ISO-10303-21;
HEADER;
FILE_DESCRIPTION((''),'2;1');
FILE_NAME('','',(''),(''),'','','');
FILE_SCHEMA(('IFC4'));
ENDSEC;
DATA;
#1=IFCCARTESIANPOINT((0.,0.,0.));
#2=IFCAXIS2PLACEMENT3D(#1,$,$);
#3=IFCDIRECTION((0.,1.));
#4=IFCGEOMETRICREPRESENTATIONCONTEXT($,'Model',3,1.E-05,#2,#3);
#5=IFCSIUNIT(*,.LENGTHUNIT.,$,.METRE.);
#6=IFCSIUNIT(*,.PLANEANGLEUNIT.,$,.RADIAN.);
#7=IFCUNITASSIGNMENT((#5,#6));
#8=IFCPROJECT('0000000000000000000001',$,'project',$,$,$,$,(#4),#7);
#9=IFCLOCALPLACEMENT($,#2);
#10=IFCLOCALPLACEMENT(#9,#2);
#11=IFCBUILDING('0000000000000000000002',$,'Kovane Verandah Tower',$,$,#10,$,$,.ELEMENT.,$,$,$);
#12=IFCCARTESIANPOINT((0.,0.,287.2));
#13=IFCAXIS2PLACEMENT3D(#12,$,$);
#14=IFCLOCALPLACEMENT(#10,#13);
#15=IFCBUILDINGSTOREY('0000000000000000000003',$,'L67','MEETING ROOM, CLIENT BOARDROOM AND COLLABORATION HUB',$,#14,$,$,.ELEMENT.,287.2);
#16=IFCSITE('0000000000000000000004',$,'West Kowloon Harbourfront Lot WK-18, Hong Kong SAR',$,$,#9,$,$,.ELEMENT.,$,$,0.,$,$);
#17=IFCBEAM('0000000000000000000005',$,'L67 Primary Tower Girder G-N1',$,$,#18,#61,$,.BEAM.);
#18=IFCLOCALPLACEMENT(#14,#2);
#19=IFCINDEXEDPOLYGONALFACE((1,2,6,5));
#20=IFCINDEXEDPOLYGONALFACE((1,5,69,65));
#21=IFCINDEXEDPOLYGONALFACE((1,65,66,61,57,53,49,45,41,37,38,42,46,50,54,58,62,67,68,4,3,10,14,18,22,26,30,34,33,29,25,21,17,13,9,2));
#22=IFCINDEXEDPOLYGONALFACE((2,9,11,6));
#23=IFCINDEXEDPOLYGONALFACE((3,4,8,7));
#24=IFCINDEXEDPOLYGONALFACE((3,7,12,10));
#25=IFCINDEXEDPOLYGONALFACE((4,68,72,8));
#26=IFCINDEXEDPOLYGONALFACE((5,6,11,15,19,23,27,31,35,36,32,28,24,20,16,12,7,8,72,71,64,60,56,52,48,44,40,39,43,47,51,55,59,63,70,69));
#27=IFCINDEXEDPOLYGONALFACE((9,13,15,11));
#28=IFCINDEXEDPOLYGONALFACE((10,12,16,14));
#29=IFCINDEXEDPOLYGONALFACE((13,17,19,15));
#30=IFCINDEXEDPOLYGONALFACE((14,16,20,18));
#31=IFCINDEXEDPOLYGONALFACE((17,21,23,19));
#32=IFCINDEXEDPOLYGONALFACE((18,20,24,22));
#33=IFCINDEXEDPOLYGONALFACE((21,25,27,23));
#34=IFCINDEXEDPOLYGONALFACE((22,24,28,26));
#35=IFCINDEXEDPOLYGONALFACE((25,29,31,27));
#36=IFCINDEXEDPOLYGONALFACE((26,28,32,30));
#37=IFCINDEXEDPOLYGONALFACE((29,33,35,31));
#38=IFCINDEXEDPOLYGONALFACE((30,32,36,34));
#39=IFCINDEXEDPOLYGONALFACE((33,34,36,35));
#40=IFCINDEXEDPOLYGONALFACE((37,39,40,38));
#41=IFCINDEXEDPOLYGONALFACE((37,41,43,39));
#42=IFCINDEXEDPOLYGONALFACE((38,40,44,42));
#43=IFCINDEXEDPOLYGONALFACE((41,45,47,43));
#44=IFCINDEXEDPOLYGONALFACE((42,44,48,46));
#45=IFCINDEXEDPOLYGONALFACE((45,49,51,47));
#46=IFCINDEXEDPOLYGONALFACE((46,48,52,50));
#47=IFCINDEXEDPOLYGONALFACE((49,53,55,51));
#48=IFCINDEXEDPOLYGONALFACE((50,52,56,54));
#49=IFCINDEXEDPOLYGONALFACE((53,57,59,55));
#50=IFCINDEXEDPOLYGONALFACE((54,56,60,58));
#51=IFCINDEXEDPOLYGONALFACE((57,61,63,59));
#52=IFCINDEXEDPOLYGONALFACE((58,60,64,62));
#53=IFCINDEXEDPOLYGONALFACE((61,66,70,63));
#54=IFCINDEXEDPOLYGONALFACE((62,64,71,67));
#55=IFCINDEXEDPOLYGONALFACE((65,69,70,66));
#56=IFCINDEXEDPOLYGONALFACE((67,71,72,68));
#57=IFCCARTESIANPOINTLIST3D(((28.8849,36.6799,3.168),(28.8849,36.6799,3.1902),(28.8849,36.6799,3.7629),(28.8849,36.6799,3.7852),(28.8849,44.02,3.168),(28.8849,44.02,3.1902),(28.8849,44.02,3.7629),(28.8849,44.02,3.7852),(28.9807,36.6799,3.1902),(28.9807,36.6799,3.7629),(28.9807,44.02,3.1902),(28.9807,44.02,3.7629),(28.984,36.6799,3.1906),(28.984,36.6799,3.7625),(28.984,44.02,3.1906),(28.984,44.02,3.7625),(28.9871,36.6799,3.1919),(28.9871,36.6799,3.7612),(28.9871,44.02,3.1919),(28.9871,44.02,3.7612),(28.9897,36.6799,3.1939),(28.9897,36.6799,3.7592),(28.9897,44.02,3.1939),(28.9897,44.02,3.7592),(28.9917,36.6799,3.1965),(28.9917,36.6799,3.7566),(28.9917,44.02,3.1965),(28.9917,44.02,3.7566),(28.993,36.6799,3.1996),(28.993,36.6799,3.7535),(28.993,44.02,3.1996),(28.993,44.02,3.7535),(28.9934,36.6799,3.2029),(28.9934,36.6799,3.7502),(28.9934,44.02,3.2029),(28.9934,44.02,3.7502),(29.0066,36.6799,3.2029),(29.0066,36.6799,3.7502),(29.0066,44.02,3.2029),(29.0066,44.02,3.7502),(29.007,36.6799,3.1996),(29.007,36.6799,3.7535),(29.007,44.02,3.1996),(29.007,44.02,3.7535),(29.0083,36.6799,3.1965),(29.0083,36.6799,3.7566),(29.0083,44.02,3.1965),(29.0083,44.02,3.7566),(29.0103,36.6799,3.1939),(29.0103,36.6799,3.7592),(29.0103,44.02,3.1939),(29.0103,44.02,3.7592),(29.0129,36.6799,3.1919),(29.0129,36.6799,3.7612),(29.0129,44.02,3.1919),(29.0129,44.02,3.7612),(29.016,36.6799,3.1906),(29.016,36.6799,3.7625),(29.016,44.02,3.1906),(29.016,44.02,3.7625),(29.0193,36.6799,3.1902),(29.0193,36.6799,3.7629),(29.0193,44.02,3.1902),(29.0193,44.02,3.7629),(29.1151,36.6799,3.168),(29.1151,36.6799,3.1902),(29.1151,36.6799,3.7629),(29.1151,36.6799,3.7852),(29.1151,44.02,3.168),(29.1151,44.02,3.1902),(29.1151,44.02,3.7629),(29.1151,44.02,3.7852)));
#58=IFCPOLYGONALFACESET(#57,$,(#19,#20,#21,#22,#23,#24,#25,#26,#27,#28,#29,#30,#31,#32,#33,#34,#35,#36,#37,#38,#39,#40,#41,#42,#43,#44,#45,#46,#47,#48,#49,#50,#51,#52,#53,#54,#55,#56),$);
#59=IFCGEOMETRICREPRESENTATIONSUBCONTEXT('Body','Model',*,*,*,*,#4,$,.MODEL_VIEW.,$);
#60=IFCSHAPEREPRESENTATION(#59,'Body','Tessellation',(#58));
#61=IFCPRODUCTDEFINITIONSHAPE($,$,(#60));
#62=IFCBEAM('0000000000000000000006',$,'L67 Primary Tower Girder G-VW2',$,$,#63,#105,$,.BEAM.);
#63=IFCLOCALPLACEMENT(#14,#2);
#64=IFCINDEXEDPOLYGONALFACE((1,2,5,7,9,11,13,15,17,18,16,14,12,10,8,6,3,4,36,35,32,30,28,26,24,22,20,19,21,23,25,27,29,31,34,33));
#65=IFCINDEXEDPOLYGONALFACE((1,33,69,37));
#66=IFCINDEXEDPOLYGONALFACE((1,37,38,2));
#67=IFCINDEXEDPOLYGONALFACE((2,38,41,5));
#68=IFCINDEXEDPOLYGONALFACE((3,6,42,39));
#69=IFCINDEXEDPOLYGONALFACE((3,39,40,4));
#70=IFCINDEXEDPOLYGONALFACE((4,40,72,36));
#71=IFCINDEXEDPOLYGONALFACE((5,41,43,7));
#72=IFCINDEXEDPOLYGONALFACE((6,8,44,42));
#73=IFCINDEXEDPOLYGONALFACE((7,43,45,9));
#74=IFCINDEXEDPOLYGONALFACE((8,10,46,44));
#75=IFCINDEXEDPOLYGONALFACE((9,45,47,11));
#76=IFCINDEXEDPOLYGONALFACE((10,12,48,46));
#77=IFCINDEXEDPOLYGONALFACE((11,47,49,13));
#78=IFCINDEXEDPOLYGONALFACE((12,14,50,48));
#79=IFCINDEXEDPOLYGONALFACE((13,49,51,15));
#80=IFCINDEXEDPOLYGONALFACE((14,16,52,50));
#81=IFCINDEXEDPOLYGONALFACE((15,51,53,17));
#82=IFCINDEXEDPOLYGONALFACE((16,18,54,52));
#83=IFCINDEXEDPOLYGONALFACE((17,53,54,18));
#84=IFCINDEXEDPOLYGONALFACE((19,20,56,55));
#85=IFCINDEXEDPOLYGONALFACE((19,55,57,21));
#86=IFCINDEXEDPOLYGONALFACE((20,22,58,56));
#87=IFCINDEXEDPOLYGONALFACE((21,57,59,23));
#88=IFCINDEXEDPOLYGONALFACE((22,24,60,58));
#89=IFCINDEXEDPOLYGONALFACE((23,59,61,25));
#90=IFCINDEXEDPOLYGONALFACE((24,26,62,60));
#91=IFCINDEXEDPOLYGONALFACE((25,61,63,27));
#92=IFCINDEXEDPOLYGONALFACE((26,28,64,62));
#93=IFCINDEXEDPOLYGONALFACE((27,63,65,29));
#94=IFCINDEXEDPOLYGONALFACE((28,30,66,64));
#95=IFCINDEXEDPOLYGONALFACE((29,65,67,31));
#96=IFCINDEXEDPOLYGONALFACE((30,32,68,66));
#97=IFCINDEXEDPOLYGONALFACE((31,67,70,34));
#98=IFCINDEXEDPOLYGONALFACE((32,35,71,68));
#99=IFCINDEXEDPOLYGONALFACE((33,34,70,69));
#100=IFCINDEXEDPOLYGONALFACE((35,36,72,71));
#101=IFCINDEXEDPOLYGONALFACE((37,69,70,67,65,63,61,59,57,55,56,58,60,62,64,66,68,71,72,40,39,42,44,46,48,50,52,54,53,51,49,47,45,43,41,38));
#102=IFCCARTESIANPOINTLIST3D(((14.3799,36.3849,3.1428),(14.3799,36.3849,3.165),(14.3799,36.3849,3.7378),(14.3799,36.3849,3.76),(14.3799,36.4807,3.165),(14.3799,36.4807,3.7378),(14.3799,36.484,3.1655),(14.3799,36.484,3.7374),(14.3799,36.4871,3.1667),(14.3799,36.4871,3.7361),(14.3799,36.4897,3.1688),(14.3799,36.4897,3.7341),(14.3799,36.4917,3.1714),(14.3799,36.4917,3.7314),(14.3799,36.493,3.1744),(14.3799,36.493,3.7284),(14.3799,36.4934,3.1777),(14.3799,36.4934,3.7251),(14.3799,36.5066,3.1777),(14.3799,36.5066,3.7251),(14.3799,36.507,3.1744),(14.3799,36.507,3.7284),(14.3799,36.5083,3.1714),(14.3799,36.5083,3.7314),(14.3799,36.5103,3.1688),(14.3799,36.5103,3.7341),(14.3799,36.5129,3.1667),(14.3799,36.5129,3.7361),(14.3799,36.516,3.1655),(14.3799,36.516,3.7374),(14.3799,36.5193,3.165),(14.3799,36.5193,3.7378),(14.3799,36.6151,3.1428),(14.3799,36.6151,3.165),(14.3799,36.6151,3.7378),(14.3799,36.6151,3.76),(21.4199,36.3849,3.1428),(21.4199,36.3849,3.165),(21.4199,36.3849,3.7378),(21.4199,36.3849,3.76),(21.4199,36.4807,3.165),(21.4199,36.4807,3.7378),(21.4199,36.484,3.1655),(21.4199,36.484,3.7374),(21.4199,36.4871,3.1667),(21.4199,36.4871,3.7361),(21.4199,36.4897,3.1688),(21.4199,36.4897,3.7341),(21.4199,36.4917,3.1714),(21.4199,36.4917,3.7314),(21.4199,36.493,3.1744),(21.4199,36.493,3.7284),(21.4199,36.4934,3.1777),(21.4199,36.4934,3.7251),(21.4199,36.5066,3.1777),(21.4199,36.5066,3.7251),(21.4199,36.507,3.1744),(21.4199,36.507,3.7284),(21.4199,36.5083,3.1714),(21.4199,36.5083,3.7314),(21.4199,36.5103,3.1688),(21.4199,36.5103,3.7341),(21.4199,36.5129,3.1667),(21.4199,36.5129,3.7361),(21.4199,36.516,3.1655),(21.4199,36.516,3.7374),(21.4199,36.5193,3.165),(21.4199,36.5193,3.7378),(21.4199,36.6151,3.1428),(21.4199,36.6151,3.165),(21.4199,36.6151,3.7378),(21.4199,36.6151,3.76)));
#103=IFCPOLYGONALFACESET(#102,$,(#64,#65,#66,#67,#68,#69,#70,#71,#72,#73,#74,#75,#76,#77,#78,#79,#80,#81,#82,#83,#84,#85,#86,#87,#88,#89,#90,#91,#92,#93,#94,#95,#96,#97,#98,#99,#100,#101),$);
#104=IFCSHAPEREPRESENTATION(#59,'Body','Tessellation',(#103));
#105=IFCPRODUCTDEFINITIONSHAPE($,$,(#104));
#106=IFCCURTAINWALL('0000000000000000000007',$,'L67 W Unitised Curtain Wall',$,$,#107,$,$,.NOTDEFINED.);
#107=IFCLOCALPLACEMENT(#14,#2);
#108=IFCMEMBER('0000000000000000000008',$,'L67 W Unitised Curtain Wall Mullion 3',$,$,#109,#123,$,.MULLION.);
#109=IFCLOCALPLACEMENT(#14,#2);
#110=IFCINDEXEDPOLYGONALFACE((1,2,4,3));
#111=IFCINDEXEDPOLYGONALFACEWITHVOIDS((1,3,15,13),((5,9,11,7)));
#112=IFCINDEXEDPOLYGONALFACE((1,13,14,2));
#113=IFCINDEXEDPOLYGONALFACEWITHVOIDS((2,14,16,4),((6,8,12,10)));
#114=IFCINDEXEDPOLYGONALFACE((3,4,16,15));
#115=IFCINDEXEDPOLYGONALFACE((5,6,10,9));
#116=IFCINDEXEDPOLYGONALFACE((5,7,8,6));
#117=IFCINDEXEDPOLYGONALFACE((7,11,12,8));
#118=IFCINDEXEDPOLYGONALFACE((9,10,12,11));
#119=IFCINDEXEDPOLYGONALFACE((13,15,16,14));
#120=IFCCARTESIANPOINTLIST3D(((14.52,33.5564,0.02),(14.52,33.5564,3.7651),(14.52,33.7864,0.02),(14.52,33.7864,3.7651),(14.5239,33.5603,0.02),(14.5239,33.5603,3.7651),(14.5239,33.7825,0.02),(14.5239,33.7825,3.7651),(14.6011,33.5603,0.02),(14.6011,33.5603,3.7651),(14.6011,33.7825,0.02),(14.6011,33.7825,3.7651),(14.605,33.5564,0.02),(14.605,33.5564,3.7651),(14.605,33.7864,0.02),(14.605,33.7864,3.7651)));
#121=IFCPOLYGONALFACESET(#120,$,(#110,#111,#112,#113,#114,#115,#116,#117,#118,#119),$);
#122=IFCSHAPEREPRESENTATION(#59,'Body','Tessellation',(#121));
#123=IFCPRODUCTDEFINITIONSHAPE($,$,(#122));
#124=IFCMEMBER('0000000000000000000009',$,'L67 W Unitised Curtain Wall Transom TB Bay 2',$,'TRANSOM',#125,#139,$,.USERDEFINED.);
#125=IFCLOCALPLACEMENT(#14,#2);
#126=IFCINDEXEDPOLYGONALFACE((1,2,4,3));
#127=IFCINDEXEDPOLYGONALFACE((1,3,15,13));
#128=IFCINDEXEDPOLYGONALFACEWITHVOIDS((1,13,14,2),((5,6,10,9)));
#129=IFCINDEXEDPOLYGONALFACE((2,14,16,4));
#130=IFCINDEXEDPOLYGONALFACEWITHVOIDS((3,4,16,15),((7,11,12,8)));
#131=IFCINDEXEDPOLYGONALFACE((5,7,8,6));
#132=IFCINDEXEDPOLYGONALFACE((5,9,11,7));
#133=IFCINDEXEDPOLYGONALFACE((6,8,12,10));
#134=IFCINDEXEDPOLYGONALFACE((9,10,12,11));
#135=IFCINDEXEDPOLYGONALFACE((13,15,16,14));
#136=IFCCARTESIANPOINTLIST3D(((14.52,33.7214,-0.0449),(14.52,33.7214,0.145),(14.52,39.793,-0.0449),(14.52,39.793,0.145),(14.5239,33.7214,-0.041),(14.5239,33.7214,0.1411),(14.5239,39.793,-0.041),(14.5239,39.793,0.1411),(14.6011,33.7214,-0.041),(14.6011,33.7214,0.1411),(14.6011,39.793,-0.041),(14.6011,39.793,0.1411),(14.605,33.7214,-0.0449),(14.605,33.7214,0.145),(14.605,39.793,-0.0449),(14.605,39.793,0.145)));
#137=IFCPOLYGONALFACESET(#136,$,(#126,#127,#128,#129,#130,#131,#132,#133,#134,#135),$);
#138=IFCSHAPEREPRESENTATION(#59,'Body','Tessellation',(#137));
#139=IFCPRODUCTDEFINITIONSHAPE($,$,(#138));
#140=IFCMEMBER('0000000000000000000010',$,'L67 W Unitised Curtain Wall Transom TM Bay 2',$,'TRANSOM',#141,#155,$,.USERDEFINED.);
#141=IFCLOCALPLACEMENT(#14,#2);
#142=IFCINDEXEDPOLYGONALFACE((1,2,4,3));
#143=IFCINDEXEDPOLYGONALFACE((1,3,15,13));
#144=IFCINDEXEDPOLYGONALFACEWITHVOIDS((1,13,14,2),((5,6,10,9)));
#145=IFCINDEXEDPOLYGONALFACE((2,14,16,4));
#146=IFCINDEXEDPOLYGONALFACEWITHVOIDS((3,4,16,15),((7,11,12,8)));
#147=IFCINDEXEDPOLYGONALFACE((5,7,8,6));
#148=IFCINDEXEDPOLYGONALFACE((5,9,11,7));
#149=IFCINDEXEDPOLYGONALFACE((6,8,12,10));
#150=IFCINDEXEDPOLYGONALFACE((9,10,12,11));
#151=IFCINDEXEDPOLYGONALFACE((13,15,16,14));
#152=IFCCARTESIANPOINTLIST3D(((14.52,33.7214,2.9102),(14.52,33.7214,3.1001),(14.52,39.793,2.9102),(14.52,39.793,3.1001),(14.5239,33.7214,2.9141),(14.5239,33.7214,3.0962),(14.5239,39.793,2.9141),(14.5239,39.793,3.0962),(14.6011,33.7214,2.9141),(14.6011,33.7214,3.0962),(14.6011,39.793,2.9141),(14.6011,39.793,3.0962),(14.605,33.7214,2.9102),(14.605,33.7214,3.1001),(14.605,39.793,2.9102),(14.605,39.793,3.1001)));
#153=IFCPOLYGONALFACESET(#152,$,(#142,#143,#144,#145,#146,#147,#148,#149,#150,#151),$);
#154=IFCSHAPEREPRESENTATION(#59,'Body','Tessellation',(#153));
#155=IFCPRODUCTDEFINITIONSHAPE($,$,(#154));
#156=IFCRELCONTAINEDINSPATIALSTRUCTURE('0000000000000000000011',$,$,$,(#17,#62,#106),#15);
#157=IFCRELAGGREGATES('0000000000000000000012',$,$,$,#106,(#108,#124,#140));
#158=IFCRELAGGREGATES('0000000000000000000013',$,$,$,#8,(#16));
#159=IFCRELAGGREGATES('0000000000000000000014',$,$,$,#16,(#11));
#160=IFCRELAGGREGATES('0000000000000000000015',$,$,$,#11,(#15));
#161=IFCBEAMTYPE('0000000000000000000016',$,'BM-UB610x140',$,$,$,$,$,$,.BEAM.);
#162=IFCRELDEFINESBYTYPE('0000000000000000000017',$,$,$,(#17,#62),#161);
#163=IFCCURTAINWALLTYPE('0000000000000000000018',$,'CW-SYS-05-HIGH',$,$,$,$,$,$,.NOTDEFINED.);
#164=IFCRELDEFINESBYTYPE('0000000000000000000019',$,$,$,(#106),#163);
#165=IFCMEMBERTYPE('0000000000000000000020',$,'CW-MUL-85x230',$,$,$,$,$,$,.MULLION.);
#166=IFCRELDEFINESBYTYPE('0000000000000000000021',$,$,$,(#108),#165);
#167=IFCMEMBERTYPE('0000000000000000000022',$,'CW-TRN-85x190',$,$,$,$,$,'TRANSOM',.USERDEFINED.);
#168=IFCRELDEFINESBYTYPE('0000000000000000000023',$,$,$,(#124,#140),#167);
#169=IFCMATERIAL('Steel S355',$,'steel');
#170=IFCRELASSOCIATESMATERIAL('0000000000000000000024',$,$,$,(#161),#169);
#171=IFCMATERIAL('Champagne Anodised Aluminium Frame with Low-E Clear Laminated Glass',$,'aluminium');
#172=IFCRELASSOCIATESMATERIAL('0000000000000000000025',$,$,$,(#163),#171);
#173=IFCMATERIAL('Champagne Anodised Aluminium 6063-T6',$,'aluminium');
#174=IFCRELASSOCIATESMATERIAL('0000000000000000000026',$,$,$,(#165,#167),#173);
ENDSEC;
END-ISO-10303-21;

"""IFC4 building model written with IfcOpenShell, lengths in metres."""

from ifc_helpers import new_model, si_unit, direction, frame, origin, origin_2d, place, context, subcontext, project, spatial, hollow_rectangle, i_section, extrude, material, material_profile, profile_set, type_object, element, aggregate, save


model = new_model("IFC4")

# Units and contexts
model_context = context("Model", 3, precision=1e-05, world=origin(), true_north=direction((0.0, 1.0)))
body_context = subcontext(model_context, "Body", "Model", "MODEL_VIEW")
ifc_project = project(units=[si_unit("LENGTHUNIT", "METRE"), si_unit("PLANEANGLEUNIT", "RADIAN")], contexts=[model_context])

# Site, building, storey
site_placement = place(None, origin())
site = spatial("IfcSite", under=ifc_project, at=site_placement, Name="West Kowloon Harbourfront Lot WK-18, Hong Kong SAR", CompositionType="ELEMENT", RefElevation=0.0)
building_placement = place(site_placement, origin())
building = spatial("IfcBuilding", under=site, at=building_placement, Name="Kovane Verandah Tower", CompositionType="ELEMENT")
storey_placement = place(building_placement, frame((0.0, 0.0, 287.2)))
storey = spatial("IfcBuildingStorey", under=building, at=storey_placement, Name="L67", Description="MEETING ROOM, CLIENT BOARDROOM AND COLLABORATION HUB", CompositionType="ELEMENT", Elevation=287.2)

# Beams
ifc_material_1 = material(Name="Steel S355", Category="steel")
ifc_material_profile_1 = material_profile(ifc_material_1, i_section(OverallWidth=0.2302, OverallDepth=0.6172, WebThickness=0.0132, FlangeThickness=0.0222, FilletRadius=0.0127, at=origin_2d()), Name="UB610x229x140")
ifc_profile_set_1 = profile_set([ifc_material_profile_1], Name="Steel S355")
beam_type_1 = type_object("IfcBeamType", Name="BM-UB610x140", PredefinedType="BEAM", material=ifc_profile_set_1)
beam_1_placement = place(storey_placement, frame((29.0, 36.6799, 3.4766), z_axis=(0.0, 1.0, 0.0), x_axis=(-1.0, 0.0, 0.0)))
element("IfcBeam", 1, at=beam_1_placement, inside=storey, type_object=beam_type_1, Name="L67 Primary Tower Girder G-N1", PredefinedType="BEAM", context=body_context, shape_type="SweptSolid", body=[
    extrude(i_section(OverallWidth=0.2302, OverallDepth=0.6172, WebThickness=0.0132, FlangeThickness=0.0222, FilletRadius=0.0127, at=origin_2d()), origin(), (0.0, 0.0, 1.0), 7.3401),
])
beam_2_placement = place(storey_placement, frame((21.4199, 36.5, 3.4514), z_axis=(-1.0, 0.0, 0.0), x_axis=(0.0, -1.0, 0.0)))
element("IfcBeam", 2, at=beam_2_placement, inside=storey, type_object=beam_type_1, Name="L67 Primary Tower Girder G-VW2", PredefinedType="BEAM", context=body_context, shape_type="SweptSolid", body=[
    extrude(i_section(OverallWidth=0.2302, OverallDepth=0.6172, WebThickness=0.0132, FlangeThickness=0.0222, FilletRadius=0.0127, at=origin_2d()), origin(), (0.0, 0.0, 1.0), 7.04),
])

# Curtain wall, members
ifc_material_2 = material(Name="Champagne Anodised Aluminium Frame with Low-E Clear Laminated Glass", Category="aluminium")
curtain_wall_type = type_object("IfcCurtainWallType", Name="CW-SYS-05-HIGH", PredefinedType="NOTDEFINED", material=ifc_material_2)
curtain_wall_placement = place(storey_placement, origin())
curtain_wall = element("IfcCurtainWall", 3, at=curtain_wall_placement, inside=storey, type_object=curtain_wall_type, Name="L67 W Unitised Curtain Wall", PredefinedType="NOTDEFINED")
ifc_material_3 = material(Name="Champagne Anodised Aluminium 6063-T6", Category="aluminium")
ifc_material_profile_2 = material_profile(ifc_material_3, hollow_rectangle(XDim=0.085, YDim=0.23, WallThickness=0.0039, at=origin_2d()), Name="AL85x230x4")
ifc_profile_set_2 = profile_set([ifc_material_profile_2], Name="Champagne Anodised Aluminium 6063-T6")
member_type_1 = type_object("IfcMemberType", Name="CW-MUL-85x230", PredefinedType="MULLION", material=ifc_profile_set_2)
member_1_placement = place(storey_placement, frame((14.5625, 33.6714, 0.02), z_axis=(0.0, 0.0, 1.0), x_axis=(-1.0, 0.0, 0.0)))
member_1 = element("IfcMember", 4, at=member_1_placement, type_object=member_type_1, Name="L67 W Unitised Curtain Wall Mullion 3", PredefinedType="MULLION", context=body_context, shape_type="SweptSolid", body=[
    extrude(hollow_rectangle(XDim=0.085, YDim=0.23, WallThickness=0.0039, at=origin_2d()), origin(), (0.0, 0.0, 1.0), 3.7451),
])
ifc_material_profile_3 = material_profile(ifc_material_3, hollow_rectangle(XDim=0.085, YDim=0.1899, WallThickness=0.0039, at=origin_2d()), Name="AL85x190x4")
ifc_profile_set_3 = profile_set([ifc_material_profile_3], Name="Champagne Anodised Aluminium 6063-T6")
member_type_2 = type_object("IfcMemberType", Name="CW-TRN-85x190", ElementType="TRANSOM", PredefinedType="USERDEFINED", material=ifc_profile_set_3)
member_2_placement = place(storey_placement, frame((14.5625, 39.793, 0.05), z_axis=(0.0, -1.0, 0.0), x_axis=(1.0, 0.0, 0.0)))
member_2 = element("IfcMember", 5, at=member_2_placement, type_object=member_type_2, Name="L67 W Unitised Curtain Wall Transom TB Bay 2", ObjectType="TRANSOM", PredefinedType="USERDEFINED", context=body_context, shape_type="SweptSolid", body=[
    extrude(hollow_rectangle(XDim=0.085, YDim=0.1899, WallThickness=0.0039, at=origin_2d()), origin(), (0.0, 0.0, 1.0), 6.0715),
])
member_3_placement = place(storey_placement, frame((14.5625, 39.793, 3.0051), z_axis=(0.0, -1.0, 0.0), x_axis=(1.0, 0.0, 0.0)))
member_3 = element("IfcMember", 6, at=member_3_placement, type_object=member_type_2, Name="L67 W Unitised Curtain Wall Transom TM Bay 2", ObjectType="TRANSOM", PredefinedType="USERDEFINED", context=body_context, shape_type="SweptSolid", body=[
    extrude(hollow_rectangle(XDim=0.085, YDim=0.1899, WallThickness=0.0039, at=origin_2d()), origin(), (0.0, 0.0, 1.0), 6.0715),
])

aggregate(curtain_wall, [member_1, member_2, member_3])

save(model, "model.ifc")
